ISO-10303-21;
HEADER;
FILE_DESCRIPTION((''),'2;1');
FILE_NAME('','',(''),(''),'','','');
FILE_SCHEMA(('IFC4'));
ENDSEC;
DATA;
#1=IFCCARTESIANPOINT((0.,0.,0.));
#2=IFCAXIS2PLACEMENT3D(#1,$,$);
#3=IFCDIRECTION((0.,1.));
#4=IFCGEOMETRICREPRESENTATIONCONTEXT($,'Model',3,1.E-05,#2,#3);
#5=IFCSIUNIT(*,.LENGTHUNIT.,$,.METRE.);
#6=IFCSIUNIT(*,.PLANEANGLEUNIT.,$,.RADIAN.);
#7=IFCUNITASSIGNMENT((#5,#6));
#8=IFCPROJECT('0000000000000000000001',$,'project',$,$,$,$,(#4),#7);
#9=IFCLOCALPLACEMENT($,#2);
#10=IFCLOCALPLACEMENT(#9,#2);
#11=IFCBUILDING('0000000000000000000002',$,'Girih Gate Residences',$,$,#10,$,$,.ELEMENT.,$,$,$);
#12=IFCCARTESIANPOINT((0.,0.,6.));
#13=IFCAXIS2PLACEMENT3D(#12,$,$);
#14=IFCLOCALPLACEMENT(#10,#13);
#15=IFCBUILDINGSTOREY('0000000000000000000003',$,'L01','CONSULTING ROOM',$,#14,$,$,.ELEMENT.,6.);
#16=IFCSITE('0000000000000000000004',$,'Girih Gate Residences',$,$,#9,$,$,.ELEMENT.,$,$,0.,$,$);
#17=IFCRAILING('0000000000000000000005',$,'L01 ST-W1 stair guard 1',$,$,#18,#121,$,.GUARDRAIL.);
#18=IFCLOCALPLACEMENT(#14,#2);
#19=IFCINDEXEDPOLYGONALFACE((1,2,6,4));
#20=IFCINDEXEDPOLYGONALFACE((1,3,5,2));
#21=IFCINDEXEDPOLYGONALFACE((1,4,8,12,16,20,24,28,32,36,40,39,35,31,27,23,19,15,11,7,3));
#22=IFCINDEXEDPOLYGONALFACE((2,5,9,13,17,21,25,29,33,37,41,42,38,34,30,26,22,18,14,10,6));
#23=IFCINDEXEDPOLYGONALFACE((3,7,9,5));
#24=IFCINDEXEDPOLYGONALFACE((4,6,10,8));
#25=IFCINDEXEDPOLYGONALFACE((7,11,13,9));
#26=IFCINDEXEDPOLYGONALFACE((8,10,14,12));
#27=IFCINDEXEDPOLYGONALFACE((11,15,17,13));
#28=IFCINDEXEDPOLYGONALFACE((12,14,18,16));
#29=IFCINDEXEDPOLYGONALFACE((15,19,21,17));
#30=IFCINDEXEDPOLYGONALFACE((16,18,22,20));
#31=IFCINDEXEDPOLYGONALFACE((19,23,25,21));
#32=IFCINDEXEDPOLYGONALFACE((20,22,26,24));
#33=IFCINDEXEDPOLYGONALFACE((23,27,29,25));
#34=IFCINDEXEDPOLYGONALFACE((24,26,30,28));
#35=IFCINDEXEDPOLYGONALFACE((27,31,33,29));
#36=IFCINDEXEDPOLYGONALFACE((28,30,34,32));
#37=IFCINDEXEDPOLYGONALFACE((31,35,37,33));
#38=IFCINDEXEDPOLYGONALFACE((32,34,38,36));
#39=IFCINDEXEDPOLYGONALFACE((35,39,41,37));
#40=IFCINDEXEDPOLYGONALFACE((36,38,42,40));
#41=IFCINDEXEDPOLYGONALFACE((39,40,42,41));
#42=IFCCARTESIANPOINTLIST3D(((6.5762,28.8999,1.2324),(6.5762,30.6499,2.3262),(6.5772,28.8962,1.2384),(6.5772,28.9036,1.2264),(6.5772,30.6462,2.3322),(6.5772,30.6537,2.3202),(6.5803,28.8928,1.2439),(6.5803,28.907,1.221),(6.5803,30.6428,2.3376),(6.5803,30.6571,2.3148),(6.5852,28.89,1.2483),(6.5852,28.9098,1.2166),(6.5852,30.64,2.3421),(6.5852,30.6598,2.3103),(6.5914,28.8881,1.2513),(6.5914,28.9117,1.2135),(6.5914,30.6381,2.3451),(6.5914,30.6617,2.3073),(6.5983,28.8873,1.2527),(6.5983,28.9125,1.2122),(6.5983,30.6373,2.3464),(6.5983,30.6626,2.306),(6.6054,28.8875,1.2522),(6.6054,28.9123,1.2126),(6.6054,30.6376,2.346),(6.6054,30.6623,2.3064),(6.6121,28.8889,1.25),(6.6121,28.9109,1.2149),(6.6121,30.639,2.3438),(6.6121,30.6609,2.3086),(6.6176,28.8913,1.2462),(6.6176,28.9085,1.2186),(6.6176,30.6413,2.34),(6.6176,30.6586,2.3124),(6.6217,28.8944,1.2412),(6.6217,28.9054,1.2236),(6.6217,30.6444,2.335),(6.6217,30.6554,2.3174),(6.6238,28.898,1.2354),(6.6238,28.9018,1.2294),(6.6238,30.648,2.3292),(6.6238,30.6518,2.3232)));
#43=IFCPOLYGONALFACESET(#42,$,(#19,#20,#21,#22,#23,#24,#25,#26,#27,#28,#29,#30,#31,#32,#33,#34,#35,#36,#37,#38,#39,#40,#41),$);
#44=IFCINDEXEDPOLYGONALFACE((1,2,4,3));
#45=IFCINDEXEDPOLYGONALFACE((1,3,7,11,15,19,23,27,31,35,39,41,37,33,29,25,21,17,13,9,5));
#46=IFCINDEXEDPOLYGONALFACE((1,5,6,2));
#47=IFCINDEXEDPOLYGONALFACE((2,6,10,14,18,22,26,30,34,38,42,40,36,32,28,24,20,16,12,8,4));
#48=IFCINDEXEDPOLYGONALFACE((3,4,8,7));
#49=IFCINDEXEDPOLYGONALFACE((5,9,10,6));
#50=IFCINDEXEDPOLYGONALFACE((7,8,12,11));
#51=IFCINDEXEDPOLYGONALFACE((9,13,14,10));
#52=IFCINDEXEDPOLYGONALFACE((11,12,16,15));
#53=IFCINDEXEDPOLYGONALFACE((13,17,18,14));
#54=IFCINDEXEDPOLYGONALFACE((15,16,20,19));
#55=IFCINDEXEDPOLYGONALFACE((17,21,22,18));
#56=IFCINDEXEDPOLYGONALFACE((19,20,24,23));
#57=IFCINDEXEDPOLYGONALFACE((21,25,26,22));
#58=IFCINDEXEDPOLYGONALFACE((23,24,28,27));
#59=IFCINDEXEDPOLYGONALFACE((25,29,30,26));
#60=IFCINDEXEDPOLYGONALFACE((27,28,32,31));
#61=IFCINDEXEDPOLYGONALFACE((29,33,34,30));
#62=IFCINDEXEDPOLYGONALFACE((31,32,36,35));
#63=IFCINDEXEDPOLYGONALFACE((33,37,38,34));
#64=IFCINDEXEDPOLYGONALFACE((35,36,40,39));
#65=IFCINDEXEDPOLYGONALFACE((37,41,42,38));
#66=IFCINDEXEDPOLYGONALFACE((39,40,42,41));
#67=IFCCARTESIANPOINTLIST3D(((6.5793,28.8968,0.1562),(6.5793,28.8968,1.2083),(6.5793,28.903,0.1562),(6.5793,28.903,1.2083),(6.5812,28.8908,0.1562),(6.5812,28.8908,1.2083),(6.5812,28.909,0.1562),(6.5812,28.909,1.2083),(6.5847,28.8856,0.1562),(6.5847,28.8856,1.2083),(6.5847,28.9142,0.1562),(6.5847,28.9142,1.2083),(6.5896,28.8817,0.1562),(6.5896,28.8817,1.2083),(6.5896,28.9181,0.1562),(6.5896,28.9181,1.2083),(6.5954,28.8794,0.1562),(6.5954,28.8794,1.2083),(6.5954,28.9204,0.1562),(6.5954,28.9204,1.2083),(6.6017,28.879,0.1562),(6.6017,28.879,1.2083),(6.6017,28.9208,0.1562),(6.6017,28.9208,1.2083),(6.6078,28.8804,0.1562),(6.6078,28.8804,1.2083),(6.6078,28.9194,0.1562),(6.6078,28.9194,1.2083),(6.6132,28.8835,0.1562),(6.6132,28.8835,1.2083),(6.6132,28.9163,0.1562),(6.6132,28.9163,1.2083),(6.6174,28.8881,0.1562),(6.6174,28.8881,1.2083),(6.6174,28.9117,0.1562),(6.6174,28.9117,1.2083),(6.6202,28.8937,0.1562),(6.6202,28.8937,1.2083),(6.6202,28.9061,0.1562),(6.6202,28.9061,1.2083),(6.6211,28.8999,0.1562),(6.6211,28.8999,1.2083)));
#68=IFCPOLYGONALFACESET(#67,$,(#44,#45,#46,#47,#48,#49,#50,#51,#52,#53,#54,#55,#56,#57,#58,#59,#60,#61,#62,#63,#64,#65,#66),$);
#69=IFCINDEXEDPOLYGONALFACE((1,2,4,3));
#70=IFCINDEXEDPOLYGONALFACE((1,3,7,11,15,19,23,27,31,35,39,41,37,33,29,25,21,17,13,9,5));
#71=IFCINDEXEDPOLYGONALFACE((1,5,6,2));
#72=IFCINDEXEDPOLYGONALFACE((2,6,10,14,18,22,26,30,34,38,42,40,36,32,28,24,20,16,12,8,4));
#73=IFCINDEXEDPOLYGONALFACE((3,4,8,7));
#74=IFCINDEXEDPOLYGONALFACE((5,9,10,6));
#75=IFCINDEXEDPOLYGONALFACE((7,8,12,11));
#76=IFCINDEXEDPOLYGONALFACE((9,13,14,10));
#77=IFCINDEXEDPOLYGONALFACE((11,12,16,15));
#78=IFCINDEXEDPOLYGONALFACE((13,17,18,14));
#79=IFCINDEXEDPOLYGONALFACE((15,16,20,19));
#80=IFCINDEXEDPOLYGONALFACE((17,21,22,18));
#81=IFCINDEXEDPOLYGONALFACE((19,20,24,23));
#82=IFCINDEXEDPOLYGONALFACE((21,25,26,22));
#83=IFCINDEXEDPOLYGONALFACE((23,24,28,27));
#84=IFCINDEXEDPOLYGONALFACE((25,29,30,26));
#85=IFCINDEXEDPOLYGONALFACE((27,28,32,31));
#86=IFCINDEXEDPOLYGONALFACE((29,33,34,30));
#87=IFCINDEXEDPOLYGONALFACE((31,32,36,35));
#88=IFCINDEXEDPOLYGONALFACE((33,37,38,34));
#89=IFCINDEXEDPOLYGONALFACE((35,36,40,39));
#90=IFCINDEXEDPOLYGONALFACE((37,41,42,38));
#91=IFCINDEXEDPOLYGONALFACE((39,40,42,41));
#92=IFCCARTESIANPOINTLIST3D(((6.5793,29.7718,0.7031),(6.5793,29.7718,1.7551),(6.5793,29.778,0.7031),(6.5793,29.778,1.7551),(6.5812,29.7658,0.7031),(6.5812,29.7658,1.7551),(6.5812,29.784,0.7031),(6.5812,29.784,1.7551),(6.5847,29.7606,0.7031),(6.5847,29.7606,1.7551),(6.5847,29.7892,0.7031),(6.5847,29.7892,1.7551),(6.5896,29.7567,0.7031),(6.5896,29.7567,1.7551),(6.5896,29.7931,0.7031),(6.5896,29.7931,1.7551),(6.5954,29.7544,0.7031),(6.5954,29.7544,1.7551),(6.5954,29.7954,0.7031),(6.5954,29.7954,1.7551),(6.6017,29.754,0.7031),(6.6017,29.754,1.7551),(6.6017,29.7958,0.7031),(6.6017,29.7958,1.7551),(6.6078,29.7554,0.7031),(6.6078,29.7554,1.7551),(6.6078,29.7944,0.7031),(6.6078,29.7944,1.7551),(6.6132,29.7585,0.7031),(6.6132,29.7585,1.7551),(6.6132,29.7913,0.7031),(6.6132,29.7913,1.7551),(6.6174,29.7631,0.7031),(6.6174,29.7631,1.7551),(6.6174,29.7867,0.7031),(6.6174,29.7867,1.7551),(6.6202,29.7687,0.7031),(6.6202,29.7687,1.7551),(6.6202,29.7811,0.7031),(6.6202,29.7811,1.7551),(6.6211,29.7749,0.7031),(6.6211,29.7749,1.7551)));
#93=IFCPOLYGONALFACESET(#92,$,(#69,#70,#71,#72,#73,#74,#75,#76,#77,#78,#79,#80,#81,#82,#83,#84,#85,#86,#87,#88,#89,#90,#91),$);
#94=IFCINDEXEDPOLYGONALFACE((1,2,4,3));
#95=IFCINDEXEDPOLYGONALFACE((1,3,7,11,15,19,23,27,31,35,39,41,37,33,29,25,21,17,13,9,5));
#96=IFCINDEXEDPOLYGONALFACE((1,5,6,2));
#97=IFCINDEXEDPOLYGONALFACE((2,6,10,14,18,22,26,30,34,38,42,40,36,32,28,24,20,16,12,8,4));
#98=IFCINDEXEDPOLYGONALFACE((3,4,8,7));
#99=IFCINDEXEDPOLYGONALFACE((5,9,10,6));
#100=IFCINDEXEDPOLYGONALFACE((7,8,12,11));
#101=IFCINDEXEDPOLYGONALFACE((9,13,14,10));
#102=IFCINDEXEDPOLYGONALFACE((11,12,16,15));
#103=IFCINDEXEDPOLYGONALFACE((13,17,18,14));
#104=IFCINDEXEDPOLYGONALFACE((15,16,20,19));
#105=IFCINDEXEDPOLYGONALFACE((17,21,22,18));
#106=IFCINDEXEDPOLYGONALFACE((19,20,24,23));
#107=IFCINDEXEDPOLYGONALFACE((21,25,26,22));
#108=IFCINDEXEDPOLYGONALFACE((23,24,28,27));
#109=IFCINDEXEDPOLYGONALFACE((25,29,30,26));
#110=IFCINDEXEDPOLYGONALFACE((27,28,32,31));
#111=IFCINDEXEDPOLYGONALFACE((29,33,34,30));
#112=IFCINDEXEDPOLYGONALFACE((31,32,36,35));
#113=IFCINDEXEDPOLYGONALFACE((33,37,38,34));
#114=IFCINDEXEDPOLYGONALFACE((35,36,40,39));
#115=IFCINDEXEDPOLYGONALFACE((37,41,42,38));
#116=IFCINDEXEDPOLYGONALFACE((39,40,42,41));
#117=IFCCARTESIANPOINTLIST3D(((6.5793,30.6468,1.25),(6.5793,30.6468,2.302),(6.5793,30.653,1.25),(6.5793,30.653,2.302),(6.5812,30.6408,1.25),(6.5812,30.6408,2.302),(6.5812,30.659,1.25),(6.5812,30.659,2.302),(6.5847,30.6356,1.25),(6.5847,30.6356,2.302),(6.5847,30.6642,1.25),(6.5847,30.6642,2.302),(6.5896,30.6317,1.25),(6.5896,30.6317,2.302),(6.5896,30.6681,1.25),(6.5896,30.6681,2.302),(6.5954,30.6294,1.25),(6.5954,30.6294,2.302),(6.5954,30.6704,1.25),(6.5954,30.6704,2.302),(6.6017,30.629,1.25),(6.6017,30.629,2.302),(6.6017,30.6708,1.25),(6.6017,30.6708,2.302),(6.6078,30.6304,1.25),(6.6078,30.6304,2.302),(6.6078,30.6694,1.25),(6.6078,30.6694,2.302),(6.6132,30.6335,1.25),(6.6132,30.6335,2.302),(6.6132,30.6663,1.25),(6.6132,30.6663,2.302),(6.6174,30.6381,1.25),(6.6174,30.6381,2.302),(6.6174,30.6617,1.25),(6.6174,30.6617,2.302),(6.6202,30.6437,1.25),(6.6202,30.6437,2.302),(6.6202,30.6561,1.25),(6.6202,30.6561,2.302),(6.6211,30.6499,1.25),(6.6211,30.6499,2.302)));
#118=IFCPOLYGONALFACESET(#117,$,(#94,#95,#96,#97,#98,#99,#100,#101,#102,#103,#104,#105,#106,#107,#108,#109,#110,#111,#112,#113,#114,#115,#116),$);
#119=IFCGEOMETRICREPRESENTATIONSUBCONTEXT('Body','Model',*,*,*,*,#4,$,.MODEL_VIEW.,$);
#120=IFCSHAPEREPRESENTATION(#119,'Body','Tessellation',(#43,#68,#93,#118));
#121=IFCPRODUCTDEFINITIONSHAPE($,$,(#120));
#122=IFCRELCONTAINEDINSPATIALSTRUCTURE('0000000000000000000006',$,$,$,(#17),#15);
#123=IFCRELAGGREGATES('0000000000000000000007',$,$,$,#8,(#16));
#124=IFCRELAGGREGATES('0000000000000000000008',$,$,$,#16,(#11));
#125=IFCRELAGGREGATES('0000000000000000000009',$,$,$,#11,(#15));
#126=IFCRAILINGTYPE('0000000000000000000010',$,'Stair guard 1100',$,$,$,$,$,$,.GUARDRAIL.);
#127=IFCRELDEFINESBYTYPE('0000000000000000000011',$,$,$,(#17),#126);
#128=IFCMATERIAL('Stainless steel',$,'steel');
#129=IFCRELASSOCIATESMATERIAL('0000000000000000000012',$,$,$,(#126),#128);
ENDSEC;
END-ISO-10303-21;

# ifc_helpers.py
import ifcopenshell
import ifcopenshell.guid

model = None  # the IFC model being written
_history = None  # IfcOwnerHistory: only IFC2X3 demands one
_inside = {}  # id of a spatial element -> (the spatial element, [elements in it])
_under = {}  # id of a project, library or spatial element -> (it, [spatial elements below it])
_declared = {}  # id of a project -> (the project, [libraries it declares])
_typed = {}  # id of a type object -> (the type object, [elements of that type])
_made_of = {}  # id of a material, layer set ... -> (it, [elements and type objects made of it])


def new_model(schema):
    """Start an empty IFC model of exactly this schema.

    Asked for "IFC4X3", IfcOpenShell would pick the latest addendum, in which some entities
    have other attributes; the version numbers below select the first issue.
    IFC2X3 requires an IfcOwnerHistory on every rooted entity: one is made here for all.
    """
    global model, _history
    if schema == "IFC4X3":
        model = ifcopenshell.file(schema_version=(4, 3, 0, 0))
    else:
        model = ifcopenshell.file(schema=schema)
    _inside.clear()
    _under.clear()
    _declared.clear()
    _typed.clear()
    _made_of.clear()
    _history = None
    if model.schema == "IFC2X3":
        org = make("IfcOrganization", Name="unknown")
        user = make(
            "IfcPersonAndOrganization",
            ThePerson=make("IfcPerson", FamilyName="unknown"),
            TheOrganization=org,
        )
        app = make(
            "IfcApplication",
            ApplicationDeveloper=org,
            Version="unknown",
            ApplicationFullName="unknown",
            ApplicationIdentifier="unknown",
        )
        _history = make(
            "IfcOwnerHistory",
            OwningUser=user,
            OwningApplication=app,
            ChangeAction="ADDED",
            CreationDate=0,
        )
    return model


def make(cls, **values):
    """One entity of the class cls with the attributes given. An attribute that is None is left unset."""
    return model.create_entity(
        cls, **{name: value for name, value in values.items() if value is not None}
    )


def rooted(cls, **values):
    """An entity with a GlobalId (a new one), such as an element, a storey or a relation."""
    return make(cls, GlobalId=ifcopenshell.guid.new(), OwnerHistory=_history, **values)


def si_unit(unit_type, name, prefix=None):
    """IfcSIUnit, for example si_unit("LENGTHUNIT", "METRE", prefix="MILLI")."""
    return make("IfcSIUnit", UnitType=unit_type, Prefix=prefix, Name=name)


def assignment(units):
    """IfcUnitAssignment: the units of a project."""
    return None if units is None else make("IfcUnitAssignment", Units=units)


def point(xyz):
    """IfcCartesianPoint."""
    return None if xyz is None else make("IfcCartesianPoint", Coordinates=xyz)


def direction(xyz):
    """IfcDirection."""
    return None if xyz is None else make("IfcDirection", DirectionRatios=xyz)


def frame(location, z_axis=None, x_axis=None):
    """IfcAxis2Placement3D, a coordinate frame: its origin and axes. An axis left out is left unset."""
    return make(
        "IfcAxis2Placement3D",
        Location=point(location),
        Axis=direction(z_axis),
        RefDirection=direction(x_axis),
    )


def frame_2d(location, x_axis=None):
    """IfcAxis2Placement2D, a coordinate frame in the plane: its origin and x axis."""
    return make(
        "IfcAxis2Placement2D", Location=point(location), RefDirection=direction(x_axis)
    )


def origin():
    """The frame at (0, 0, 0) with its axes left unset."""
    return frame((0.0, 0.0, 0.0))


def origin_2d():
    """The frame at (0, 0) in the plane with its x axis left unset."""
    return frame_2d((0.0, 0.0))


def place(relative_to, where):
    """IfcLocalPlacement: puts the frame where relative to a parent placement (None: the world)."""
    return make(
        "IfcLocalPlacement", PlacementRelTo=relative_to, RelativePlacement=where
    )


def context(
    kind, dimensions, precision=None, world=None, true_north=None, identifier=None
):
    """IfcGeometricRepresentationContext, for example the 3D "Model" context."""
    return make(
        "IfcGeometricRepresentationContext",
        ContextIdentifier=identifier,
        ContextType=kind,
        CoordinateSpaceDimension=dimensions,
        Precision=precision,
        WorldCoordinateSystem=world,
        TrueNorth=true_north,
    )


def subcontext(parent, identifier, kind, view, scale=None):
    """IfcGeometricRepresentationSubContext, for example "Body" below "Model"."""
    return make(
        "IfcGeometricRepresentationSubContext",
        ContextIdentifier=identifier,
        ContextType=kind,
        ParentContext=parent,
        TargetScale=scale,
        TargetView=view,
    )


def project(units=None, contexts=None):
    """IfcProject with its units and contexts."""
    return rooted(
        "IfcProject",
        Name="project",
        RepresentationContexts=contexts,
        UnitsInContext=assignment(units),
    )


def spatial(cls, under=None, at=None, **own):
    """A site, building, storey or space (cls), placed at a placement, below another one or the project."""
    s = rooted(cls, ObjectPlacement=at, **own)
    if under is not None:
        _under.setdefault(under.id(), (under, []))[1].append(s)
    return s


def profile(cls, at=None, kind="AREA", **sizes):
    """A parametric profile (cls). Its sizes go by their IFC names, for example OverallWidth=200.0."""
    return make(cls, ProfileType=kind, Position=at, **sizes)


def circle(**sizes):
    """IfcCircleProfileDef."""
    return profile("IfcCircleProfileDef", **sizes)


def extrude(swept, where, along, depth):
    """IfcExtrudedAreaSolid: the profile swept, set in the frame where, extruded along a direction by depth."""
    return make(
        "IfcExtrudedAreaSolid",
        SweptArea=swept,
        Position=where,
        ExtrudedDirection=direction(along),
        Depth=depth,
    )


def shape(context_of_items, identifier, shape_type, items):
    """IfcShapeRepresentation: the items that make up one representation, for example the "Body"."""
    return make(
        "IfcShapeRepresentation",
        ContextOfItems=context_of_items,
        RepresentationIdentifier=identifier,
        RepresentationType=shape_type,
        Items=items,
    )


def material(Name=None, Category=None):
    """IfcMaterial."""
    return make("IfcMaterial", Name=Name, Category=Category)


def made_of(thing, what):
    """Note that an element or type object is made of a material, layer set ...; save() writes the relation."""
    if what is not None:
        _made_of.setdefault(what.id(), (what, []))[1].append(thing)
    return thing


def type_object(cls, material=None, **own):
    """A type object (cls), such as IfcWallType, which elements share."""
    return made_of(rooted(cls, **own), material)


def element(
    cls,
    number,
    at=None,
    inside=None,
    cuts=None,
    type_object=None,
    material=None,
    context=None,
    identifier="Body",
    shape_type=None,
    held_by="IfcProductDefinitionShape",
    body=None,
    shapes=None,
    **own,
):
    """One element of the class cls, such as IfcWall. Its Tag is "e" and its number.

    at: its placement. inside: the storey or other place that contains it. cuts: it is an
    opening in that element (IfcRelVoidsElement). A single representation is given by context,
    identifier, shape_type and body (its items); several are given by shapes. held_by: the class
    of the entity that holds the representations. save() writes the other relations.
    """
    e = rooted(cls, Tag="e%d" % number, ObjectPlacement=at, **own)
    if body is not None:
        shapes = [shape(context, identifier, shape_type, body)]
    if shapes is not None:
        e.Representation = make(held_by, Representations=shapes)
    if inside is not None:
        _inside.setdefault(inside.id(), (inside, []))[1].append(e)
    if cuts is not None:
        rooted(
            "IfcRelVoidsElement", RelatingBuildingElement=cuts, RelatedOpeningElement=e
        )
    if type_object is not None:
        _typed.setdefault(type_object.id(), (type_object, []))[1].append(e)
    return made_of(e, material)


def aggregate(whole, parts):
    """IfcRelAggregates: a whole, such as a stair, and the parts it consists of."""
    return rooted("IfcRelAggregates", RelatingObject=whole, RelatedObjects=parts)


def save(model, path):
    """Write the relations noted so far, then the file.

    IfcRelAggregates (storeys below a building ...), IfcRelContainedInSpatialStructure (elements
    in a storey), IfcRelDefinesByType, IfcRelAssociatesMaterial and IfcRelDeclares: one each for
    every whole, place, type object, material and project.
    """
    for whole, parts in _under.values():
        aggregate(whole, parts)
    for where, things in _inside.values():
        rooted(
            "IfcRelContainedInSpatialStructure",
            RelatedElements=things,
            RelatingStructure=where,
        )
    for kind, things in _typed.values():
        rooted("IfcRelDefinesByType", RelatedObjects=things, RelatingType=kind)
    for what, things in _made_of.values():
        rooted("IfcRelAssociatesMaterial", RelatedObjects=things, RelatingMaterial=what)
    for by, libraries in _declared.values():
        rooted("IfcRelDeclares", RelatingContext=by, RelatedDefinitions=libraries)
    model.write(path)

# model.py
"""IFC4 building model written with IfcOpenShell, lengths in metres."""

from ifc_helpers import new_model, si_unit, direction, frame, origin, origin_2d, place, context, subcontext, project, spatial, circle, extrude, material, type_object, element, save


model = new_model("IFC4")

# Units and contexts
model_context = context("Model", 3, precision=1e-05, world=origin(), true_north=direction((0.0, 1.0)))
body_context = subcontext(model_context, "Body", "Model", "MODEL_VIEW")
ifc_project = project(units=[si_unit("LENGTHUNIT", "METRE"), si_unit("PLANEANGLEUNIT", "RADIAN")], contexts=[model_context])

# Site, building, storey
site_placement = place(None, origin())
site = spatial("IfcSite", under=ifc_project, at=site_placement, Name="Girih Gate Residences", CompositionType="ELEMENT", RefElevation=0.0)
building_placement = place(site_placement, origin())
building = spatial("IfcBuilding", under=site, at=building_placement, Name="Girih Gate Residences", CompositionType="ELEMENT")
storey_placement = place(building_placement, frame((0.0, 0.0, 6.0)))
storey = spatial("IfcBuildingStorey", under=building, at=storey_placement, Name="L01", Description="CONSULTING ROOM", CompositionType="ELEMENT", Elevation=6.0)

# Railing
ifc_material_1 = material(Name="Stainless steel", Category="steel")
railing_type_1 = type_object("IfcRailingType", Name="Stair guard 1100", PredefinedType="GUARDRAIL", material=ifc_material_1)
railing_1_placement = place(storey_placement, frame((6.6001, 28.8999, 0.1562)))
element("IfcRailing", 1, at=railing_1_placement, inside=storey, type_object=railing_type_1, Name="L01 ST-W1 stair guard 1", PredefinedType="GUARDRAIL", context=body_context, shape_type="SweptSolid", body=[
    extrude(circle(Radius=0.0239, at=origin_2d()), frame((0.0, 0.0, 1.0762), z_axis=(0.0, 0.847998, 0.529999), x_axis=(-1.0, 0.0, 0.0)), (0.0, 0.0, 1.0), 2.0637),
    extrude(circle(Radius=0.021, at=origin_2d()), origin(), (0.0, 0.0, 1.0), 1.052),
    extrude(circle(Radius=0.021, at=origin_2d()), frame((0.0, 0.875, 0.5469)), (0.0, 0.0, 1.0), 1.052),
    extrude(circle(Radius=0.021, at=origin_2d()), frame((0.0, 1.75, 1.0938)), (0.0, 0.0, 1.0), 1.052),
])

save(model, "model.ifc")
